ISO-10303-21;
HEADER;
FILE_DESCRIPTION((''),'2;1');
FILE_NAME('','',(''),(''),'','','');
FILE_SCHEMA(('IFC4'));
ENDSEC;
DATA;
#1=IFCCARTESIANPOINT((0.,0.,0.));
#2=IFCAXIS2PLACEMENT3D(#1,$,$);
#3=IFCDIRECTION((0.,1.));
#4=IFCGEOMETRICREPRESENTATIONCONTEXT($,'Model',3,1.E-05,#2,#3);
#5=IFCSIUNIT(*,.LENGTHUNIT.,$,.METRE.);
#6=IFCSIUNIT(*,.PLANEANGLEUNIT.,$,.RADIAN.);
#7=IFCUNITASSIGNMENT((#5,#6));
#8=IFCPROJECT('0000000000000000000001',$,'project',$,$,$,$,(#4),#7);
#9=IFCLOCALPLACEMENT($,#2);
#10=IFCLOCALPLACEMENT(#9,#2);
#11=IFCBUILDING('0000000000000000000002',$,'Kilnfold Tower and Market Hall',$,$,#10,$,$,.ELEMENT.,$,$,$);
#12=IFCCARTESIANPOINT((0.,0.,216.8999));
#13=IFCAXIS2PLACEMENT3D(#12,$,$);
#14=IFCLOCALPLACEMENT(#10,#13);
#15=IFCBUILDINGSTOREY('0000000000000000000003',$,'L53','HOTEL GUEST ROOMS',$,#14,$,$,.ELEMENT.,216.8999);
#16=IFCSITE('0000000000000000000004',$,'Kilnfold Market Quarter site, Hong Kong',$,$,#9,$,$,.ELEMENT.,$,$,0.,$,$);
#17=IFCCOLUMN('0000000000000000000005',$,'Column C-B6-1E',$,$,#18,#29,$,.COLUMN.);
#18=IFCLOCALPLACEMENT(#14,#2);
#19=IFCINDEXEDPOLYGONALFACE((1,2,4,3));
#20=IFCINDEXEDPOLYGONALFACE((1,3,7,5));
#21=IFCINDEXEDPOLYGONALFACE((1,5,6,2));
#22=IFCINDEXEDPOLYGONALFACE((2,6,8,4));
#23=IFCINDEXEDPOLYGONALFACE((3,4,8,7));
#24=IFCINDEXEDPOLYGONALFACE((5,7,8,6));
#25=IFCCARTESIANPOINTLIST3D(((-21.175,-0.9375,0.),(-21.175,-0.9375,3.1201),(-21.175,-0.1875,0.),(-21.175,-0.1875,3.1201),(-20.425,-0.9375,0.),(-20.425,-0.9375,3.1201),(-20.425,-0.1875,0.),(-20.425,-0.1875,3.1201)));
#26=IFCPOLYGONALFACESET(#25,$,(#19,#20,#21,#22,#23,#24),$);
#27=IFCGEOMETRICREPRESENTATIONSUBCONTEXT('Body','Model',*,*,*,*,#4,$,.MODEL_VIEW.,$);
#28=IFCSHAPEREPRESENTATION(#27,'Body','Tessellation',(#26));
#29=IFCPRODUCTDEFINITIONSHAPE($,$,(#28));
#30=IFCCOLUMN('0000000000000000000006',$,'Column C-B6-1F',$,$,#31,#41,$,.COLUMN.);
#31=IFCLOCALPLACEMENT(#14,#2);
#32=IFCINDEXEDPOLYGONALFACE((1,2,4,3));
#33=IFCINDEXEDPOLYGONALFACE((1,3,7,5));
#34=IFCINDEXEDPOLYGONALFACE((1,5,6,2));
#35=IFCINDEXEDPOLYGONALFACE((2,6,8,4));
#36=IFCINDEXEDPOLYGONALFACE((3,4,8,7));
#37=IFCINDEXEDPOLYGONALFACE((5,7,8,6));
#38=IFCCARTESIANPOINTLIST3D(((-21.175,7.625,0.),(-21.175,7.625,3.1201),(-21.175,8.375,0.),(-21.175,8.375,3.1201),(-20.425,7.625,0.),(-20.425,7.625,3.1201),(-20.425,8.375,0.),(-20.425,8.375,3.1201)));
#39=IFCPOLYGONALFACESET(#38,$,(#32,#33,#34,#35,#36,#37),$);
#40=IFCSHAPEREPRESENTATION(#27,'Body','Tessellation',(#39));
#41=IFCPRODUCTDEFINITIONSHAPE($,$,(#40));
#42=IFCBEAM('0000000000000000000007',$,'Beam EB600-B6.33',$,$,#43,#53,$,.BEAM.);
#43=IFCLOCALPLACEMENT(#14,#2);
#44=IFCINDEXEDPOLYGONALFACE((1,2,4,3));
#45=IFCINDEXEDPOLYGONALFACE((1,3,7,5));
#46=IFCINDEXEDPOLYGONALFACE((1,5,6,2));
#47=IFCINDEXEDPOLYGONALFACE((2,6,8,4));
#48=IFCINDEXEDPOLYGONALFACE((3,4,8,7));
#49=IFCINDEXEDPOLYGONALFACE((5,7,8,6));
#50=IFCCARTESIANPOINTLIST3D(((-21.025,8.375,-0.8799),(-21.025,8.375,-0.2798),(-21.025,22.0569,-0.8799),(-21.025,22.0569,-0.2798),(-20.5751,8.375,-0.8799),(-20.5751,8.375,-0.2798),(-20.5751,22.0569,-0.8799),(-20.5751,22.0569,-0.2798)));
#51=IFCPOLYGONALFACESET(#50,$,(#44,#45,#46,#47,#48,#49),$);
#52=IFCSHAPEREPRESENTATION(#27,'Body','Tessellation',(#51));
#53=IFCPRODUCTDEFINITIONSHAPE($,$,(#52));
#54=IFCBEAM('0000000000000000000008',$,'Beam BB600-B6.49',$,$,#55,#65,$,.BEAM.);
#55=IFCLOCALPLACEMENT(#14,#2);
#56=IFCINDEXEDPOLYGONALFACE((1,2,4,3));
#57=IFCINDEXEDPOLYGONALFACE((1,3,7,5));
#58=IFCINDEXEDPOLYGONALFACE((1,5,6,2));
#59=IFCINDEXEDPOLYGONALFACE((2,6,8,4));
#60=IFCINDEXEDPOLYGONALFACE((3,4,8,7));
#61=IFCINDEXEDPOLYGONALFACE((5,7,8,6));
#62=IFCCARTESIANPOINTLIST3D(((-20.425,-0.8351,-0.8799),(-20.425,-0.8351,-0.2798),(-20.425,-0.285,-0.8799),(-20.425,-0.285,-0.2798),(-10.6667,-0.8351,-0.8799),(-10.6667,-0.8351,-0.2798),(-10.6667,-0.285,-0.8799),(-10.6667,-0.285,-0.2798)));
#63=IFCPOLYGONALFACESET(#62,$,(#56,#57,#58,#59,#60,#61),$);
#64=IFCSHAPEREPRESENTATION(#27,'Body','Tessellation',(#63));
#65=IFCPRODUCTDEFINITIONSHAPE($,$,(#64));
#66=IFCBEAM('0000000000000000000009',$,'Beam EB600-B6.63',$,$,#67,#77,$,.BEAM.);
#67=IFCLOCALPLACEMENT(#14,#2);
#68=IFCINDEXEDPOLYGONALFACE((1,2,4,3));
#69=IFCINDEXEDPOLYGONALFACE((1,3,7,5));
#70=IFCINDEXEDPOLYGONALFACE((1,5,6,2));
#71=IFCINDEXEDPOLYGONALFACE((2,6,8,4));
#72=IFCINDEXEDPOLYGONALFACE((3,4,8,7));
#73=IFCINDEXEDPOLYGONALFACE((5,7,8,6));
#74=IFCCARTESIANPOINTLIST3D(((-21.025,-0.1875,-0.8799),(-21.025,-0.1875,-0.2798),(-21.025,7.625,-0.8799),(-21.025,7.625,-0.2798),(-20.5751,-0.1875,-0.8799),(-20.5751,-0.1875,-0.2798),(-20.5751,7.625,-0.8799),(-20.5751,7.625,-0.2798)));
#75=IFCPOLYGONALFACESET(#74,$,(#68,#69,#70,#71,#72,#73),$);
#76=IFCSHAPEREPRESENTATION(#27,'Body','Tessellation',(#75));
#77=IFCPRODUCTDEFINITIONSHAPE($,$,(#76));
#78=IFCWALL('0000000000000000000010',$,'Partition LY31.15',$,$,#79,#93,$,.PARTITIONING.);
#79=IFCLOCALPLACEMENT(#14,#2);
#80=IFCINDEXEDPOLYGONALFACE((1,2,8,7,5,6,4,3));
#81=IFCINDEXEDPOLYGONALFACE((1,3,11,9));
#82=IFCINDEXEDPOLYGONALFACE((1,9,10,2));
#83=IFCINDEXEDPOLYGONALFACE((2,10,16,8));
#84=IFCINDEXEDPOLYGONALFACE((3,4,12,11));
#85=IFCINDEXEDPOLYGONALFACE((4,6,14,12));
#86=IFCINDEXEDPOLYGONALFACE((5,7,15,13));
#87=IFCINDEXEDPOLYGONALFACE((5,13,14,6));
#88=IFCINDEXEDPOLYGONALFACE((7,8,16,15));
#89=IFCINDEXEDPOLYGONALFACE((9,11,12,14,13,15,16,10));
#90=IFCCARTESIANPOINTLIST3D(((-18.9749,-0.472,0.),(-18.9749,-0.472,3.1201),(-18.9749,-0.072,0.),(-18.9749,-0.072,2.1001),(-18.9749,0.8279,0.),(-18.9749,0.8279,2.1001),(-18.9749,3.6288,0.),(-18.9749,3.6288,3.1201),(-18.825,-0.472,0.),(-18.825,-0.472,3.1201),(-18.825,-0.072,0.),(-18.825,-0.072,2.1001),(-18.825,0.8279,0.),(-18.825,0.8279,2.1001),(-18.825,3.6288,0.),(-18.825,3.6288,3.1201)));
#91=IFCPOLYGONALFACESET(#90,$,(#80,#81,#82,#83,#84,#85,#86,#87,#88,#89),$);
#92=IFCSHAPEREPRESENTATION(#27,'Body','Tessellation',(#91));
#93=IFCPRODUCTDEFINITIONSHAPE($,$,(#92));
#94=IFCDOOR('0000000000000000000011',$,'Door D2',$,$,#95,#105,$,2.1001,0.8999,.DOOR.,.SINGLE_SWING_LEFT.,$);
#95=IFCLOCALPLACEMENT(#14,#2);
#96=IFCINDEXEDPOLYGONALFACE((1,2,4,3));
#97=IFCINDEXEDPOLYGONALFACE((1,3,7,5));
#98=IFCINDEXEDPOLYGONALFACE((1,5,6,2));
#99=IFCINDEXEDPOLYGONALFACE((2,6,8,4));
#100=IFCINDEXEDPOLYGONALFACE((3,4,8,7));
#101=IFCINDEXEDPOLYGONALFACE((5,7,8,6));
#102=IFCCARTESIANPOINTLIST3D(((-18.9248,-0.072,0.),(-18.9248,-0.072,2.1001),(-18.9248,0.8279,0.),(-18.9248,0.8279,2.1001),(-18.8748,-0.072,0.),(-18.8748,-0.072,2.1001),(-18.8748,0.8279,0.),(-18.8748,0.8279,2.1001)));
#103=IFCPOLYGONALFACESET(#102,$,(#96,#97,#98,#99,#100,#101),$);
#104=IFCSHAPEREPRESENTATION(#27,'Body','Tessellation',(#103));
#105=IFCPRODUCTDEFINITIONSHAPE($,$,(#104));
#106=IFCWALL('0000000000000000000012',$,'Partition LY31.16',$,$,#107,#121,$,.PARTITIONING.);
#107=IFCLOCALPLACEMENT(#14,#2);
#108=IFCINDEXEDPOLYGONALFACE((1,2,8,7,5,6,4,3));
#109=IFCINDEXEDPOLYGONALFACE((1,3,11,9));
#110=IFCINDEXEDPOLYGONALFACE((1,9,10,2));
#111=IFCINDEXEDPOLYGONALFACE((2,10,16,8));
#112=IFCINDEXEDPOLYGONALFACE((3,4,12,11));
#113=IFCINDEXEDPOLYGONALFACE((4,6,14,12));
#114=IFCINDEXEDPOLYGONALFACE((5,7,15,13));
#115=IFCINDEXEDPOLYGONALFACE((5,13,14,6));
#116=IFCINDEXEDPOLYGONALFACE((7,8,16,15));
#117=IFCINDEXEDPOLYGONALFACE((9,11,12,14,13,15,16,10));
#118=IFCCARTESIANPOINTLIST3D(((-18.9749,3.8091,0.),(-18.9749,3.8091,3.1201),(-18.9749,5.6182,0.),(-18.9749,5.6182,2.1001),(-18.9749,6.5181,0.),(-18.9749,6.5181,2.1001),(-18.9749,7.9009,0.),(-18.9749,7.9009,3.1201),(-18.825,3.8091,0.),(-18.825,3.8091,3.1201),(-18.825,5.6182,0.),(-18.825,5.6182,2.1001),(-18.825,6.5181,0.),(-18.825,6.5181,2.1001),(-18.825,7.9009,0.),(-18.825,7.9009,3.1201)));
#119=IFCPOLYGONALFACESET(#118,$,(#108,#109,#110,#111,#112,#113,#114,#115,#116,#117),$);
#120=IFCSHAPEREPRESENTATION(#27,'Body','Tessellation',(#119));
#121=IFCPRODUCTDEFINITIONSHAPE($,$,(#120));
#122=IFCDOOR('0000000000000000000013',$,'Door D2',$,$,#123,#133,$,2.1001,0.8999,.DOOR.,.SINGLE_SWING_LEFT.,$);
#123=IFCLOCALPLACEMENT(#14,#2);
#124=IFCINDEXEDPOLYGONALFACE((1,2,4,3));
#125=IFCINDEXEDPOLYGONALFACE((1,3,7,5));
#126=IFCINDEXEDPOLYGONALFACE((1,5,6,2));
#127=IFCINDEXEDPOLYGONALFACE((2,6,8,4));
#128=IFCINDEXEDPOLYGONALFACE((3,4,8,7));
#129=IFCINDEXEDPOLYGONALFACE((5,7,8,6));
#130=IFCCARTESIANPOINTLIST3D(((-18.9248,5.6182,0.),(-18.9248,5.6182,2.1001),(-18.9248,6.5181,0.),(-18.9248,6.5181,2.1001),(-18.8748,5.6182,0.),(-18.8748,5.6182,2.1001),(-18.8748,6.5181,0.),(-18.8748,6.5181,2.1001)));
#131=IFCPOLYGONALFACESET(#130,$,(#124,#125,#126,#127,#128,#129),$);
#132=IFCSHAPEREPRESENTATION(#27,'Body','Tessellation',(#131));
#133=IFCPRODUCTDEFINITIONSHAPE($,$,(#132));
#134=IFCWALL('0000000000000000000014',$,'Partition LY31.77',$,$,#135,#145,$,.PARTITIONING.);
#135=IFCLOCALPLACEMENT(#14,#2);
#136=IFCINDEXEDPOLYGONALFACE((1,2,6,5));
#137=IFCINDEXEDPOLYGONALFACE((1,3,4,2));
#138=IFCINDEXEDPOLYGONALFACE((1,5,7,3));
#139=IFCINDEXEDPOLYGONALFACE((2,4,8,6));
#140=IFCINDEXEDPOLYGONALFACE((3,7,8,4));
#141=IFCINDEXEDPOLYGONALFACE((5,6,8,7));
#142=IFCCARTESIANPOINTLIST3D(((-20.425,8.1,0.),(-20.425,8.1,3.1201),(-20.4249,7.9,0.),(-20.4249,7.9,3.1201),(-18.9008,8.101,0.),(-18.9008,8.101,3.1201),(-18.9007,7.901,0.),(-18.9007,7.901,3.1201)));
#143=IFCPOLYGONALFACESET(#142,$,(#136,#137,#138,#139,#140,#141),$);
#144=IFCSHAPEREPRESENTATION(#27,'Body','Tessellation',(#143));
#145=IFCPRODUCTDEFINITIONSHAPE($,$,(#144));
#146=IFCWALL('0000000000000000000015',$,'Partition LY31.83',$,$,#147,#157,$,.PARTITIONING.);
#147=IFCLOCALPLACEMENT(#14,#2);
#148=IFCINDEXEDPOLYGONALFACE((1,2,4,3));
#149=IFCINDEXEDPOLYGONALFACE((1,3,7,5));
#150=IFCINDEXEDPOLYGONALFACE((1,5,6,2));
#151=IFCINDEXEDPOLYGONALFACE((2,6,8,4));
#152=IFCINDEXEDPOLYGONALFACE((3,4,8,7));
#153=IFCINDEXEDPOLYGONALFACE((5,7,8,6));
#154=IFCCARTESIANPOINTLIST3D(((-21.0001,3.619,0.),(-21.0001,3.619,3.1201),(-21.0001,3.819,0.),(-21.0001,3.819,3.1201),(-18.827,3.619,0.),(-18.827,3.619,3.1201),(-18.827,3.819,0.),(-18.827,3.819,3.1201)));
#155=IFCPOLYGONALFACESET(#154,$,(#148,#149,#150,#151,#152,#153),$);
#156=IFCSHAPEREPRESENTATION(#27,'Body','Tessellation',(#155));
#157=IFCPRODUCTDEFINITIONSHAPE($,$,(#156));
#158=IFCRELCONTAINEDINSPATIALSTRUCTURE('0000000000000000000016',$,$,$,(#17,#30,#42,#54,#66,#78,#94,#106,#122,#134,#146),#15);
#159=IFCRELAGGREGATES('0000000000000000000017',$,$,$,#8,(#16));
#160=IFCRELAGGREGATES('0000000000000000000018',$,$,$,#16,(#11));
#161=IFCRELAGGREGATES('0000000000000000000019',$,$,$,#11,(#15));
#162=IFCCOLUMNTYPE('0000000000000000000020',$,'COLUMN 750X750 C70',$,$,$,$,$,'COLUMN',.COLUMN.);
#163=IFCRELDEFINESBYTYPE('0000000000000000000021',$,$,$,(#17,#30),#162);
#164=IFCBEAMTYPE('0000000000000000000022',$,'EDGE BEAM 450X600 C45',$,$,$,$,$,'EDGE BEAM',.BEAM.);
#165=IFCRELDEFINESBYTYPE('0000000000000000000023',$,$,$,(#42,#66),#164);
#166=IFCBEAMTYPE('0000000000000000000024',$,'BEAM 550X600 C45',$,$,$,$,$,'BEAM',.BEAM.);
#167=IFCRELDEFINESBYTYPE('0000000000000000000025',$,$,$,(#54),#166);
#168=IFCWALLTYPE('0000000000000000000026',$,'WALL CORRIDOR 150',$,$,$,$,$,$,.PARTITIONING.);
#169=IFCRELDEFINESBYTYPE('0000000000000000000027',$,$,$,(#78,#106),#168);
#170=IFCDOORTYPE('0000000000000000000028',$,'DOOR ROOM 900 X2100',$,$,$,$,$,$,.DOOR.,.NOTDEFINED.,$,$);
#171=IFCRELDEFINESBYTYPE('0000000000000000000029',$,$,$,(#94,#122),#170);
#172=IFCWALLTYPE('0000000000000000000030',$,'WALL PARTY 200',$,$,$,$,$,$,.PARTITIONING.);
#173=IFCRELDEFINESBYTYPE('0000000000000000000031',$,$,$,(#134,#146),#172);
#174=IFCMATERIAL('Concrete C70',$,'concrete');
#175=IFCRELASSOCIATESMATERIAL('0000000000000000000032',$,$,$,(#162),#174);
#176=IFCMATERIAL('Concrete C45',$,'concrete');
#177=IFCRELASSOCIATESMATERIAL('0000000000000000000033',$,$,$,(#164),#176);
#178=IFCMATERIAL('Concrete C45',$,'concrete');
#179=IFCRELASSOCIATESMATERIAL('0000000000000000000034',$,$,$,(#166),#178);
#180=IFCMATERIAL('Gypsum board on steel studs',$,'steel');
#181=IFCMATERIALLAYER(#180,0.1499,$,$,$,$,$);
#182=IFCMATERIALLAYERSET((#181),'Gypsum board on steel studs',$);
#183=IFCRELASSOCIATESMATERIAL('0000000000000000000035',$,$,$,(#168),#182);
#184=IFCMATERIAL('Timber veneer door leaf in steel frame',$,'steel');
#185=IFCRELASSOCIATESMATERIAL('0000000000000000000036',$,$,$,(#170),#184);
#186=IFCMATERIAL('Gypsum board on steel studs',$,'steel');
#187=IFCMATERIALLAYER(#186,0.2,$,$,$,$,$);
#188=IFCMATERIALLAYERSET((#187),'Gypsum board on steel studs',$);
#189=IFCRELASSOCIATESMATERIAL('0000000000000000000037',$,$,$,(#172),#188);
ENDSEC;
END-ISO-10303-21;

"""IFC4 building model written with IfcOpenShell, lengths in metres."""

from ifc_helpers import new_model, si_unit, direction, frame, frame_2d, origin, origin_2d, place, context, subcontext, project, spatial, rectangle, extrude, source, transform, mapped, material, layer, layer_set, material_profile, profile_set, type_object, element, fill, save


model = new_model("IFC4")

# Units and contexts
model_context = context("Model", 3, precision=1e-05, world=origin(), true_north=direction((0.0, 1.0)))
body_context = subcontext(model_context, "Body", "Model", "MODEL_VIEW")
ifc_project = project(units=[si_unit("LENGTHUNIT", "METRE"), si_unit("PLANEANGLEUNIT", "RADIAN")], contexts=[model_context])

# Site, building, storey
site_placement = place(None, origin())
site = spatial("IfcSite", under=ifc_project, at=site_placement, Name="Kilnfold Market Quarter site, Hong Kong", CompositionType="ELEMENT", RefElevation=0.0)
building_placement = place(site_placement, origin())
building = spatial("IfcBuilding", under=site, at=building_placement, Name="Kilnfold Tower and Market Hall", CompositionType="ELEMENT")
storey_placement = place(building_placement, frame((0.0, 0.0, 216.8999)))
storey = spatial("IfcBuildingStorey", under=building, at=storey_placement, Name="L53", Description="HOTEL GUEST ROOMS", CompositionType="ELEMENT", Elevation=216.8999)

# Columns
ifc_material_1 = material(Name="Concrete C70", Category="concrete")
ifc_material_profile_1 = material_profile(ifc_material_1, rectangle(XDim=0.75, YDim=0.75, at=origin_2d()), Name="RC 750x750")
ifc_profile_set_1 = profile_set([ifc_material_profile_1], Name="Concrete C70")
column_type = type_object("IfcColumnType", Name="COLUMN 750X750 C70", ElementType="COLUMN", PredefinedType="COLUMN", material=ifc_profile_set_1)
shared_shape_1 = source(origin(), body_context, "Body", "SweptSolid", [
    extrude(rectangle(XDim=0.75, YDim=0.75, at=origin_2d()), origin(), (0.0, 0.0, 1.0), 3.1201),
])
for number, where, z_axis, x_axis, name in (
    (1, (-20.8, -0.5625, 0.0), (0.0, 0.0, 1.0), (1.0, 0.0, 0.0), "Column C-B6-1E"),
    (2, (-20.8, 8.0, 0.0), (0.0, 0.0, 1.0), (1.0, 0.0, 0.0), "Column C-B6-1F"),
):
    element("IfcColumn", number, at=place(storey_placement, frame(where, z_axis=z_axis, x_axis=x_axis)), inside=storey, type_object=column_type, Name=name, PredefinedType="COLUMN", context=body_context, shape_type="MappedRepresentation", body=[
        mapped(shared_shape_1, transform((0.0, 0.0, 0.0))),
    ])

# Beams
ifc_material_2 = material(Name="Concrete C45", Category="concrete")
ifc_material_profile_2 = material_profile(ifc_material_2, rectangle(XDim=0.45, YDim=0.6001, at=origin_2d()), Name="RC 450x600")
ifc_profile_set_2 = profile_set([ifc_material_profile_2], Name="Concrete C45")
beam_type_1 = type_object("IfcBeamType", Name="EDGE BEAM 450X600 C45", ElementType="EDGE BEAM", PredefinedType="BEAM", material=ifc_profile_set_2)
shared_shape_2 = source(origin(), body_context, "Body", "SweptSolid", [
    extrude(rectangle(XDim=0.45, YDim=0.6001, at=origin_2d()), origin(), (0.0, 0.0, 1.0), 13.6819),
])
beam_1_placement = place(storey_placement, frame((-20.8, 8.375, -0.5798), z_axis=(0.0, 1.0, 0.0), x_axis=(-1.0, 0.0, 0.0)))
element("IfcBeam", 3, at=beam_1_placement, inside=storey, type_object=beam_type_1, Name="Beam EB600-B6.33", PredefinedType="BEAM", context=body_context, shape_type="MappedRepresentation", body=[
    mapped(shared_shape_2, transform((0.0, 0.0, 0.0))),
])
ifc_material_3 = material(Name="Concrete C45", Category="concrete")
ifc_material_profile_3 = material_profile(ifc_material_3, rectangle(XDim=0.55, YDim=0.6001, at=origin_2d()), Name="RC 550x600")
ifc_profile_set_3 = profile_set([ifc_material_profile_3], Name="Concrete C45")
beam_type_2 = type_object("IfcBeamType", Name="BEAM 550X600 C45", ElementType="BEAM", PredefinedType="BEAM", material=ifc_profile_set_3)
shared_shape_3 = source(origin(), body_context, "Body", "SweptSolid", [
    extrude(rectangle(XDim=0.55, YDim=0.6001, at=origin_2d()), origin(), (0.0, 0.0, 1.0), 9.7583),
])
beam_2_placement = place(storey_placement, frame((-20.425, -0.5601, -0.5798), z_axis=(1.0, 0.0, 0.0), x_axis=(0.0, 1.0, 0.0)))
element("IfcBeam", 4, at=beam_2_placement, inside=storey, type_object=beam_type_2, Name="Beam BB600-B6.49", PredefinedType="BEAM", context=body_context, shape_type="MappedRepresentation", body=[
    mapped(shared_shape_3, transform((0.0, 0.0, 0.0))),
])
shared_shape_4 = source(origin(), body_context, "Body", "SweptSolid", [
    extrude(rectangle(XDim=0.45, YDim=0.6001, at=origin_2d()), origin(), (0.0, 0.0, 1.0), 7.8125),
])
beam_3_placement = place(storey_placement, frame((-20.8, -0.1875, -0.5798), z_axis=(0.0, 1.0, 0.0), x_axis=(-1.0, 0.0, 0.0)))
element("IfcBeam", 5, at=beam_3_placement, inside=storey, type_object=beam_type_1, Name="Beam EB600-B6.63", PredefinedType="BEAM", context=body_context, shape_type="MappedRepresentation", body=[
    mapped(shared_shape_4, transform((0.0, 0.0, 0.0))),
])

# Walls, openings, doors
ifc_material_4 = material(Name="Gypsum board on steel studs", Category="steel")
ifc_layer_1 = layer(ifc_material_4, 0.1499)
ifc_layer_set_1 = layer_set([ifc_layer_1], Name="Gypsum board on steel studs")
wall_type_1 = type_object("IfcWallType", Name="WALL CORRIDOR 150", PredefinedType="PARTITIONING", material=ifc_layer_set_1)
wall_1_placement = place(storey_placement, frame((-18.8999, -0.4719, 0.0), z_axis=(0.0, 0.0, 1.0), x_axis=(0.0, 1.0, 0.0)))
wall_1 = element("IfcWall", 6, at=wall_1_placement, inside=storey, type_object=wall_type_1, Name="Partition LY31.15", PredefinedType="PARTITIONING", context=body_context, shape_type="SweptSolid", body=[
    extrude(rectangle(XDim=4.1008, YDim=0.1499, at=frame_2d((2.0503, 0.0))), origin(), (0.0, 0.0, 1.0), 3.1201),
])
opening_1_placement = place(wall_1_placement, frame((0.3999, 0.0, 0.0)))
opening_1 = element("IfcOpeningElement", 7, at=opening_1_placement, cuts=wall_1, PredefinedType="OPENING", context=body_context, shape_type="SweptSolid", body=[
    extrude(rectangle(XDim=0.8999, YDim=2.1001, at=frame_2d((0.45, 1.05))), frame((0.0, 0.085, 0.0), z_axis=(0.0, -1.0, 0.0), x_axis=(1.0, 0.0, 0.0)), (0.0, 0.0, 1.0), 0.1699),
])
ifc_material_5 = material(Name="Timber veneer door leaf in steel frame", Category="steel")
door_type = type_object("IfcDoorType", Name="DOOR ROOM 900 X2100", OperationType="NOTDEFINED", PredefinedType="DOOR", material=ifc_material_5)
door_1_placement = place(opening_1_placement, origin())
door_1 = element("IfcDoor", 8, at=door_1_placement, inside=storey, type_object=door_type, Name="Door D2", OperationType="SINGLE_SWING_LEFT", OverallHeight=2.1001, OverallWidth=0.8999, PredefinedType="DOOR", context=body_context, shape_type="SweptSolid", body=[
    extrude(rectangle(XDim=0.8999, YDim=2.1001, at=frame_2d((0.45, 1.05))), frame((0.0, 0.0249, 0.0), z_axis=(0.0, -1.0, 0.0), x_axis=(1.0, 0.0, 0.0)), (0.0, 0.0, 1.0), 0.05),
])
fill(opening_1, door_1)
wall_2_placement = place(storey_placement, frame((-18.8999, 3.8091, 0.0), z_axis=(0.0, 0.0, 1.0), x_axis=(0.0, 1.0, 0.0)))
wall_2 = element("IfcWall", 9, at=wall_2_placement, inside=storey, type_object=wall_type_1, Name="Partition LY31.16", PredefinedType="PARTITIONING", context=body_context, shape_type="SweptSolid", body=[
    extrude(rectangle(XDim=4.0918, YDim=0.1499, at=frame_2d((2.0459, 0.0))), origin(), (0.0, 0.0, 1.0), 3.1201),
])
opening_2_placement = place(wall_2_placement, frame((1.8091, 0.0, 0.0)))
opening_2 = element("IfcOpeningElement", 10, at=opening_2_placement, cuts=wall_2, PredefinedType="OPENING", context=body_context, shape_type="SweptSolid", body=[
    extrude(rectangle(XDim=0.8999, YDim=2.1001, at=frame_2d((0.45, 1.05))), frame((0.0, 0.085, 0.0), z_axis=(0.0, -1.0, 0.0), x_axis=(1.0, 0.0, 0.0)), (0.0, 0.0, 1.0), 0.1699),
])
door_2_placement = place(opening_2_placement, origin())
door_2 = element("IfcDoor", 11, at=door_2_placement, inside=storey, type_object=door_type, Name="Door D2", OperationType="SINGLE_SWING_LEFT", OverallHeight=2.1001, OverallWidth=0.8999, PredefinedType="DOOR", context=body_context, shape_type="SweptSolid", body=[
    extrude(rectangle(XDim=0.8999, YDim=2.1001, at=frame_2d((0.45, 1.05))), frame((0.0, 0.0249, 0.0), z_axis=(0.0, -1.0, 0.0), x_axis=(1.0, 0.0, 0.0)), (0.0, 0.0, 1.0), 0.05),
])
fill(opening_2, door_2)

# Walls
ifc_material_6 = material(Name="Gypsum board on steel studs", Category="steel")
ifc_layer_2 = layer(ifc_material_6, 0.2)
ifc_layer_set_2 = layer_set([ifc_layer_2], Name="Gypsum board on steel studs")
wall_type_2 = type_object("IfcWallType", Name="WALL PARTY 200", PredefinedType="PARTITIONING", material=ifc_layer_set_2)
wall_3_placement = place(storey_placement, frame((-20.425, 8.0, 0.0), z_axis=(0.0, 0.0, 1.0), x_axis=(1.0, 0.000641, 0.0)))
element("IfcWall", 12, at=wall_3_placement, inside=storey, type_object=wall_type_2, Name="Partition LY31.77", PredefinedType="PARTITIONING", context=body_context, shape_type="SweptSolid", body=[
    extrude(rectangle(XDim=1.5242, YDim=0.2, at=frame_2d((0.7622, 0.0))), origin(), (0.0, 0.0, 1.0), 3.1201),
])
wall_4_placement = place(storey_placement, frame((-21.0, 3.719, 0.0), z_axis=(0.0, 0.0, 1.0), x_axis=(1.0, 0.0, 0.0)))
element("IfcWall", 13, at=wall_4_placement, inside=storey, type_object=wall_type_2, Name="Partition LY31.83", PredefinedType="PARTITIONING", context=body_context, shape_type="SweptSolid", body=[
    extrude(rectangle(XDim=2.1731, YDim=0.2, at=frame_2d((1.0864, 0.0))), origin(), (0.0, 0.0, 1.0), 3.1201),
])

save(model, "model.ifc")
